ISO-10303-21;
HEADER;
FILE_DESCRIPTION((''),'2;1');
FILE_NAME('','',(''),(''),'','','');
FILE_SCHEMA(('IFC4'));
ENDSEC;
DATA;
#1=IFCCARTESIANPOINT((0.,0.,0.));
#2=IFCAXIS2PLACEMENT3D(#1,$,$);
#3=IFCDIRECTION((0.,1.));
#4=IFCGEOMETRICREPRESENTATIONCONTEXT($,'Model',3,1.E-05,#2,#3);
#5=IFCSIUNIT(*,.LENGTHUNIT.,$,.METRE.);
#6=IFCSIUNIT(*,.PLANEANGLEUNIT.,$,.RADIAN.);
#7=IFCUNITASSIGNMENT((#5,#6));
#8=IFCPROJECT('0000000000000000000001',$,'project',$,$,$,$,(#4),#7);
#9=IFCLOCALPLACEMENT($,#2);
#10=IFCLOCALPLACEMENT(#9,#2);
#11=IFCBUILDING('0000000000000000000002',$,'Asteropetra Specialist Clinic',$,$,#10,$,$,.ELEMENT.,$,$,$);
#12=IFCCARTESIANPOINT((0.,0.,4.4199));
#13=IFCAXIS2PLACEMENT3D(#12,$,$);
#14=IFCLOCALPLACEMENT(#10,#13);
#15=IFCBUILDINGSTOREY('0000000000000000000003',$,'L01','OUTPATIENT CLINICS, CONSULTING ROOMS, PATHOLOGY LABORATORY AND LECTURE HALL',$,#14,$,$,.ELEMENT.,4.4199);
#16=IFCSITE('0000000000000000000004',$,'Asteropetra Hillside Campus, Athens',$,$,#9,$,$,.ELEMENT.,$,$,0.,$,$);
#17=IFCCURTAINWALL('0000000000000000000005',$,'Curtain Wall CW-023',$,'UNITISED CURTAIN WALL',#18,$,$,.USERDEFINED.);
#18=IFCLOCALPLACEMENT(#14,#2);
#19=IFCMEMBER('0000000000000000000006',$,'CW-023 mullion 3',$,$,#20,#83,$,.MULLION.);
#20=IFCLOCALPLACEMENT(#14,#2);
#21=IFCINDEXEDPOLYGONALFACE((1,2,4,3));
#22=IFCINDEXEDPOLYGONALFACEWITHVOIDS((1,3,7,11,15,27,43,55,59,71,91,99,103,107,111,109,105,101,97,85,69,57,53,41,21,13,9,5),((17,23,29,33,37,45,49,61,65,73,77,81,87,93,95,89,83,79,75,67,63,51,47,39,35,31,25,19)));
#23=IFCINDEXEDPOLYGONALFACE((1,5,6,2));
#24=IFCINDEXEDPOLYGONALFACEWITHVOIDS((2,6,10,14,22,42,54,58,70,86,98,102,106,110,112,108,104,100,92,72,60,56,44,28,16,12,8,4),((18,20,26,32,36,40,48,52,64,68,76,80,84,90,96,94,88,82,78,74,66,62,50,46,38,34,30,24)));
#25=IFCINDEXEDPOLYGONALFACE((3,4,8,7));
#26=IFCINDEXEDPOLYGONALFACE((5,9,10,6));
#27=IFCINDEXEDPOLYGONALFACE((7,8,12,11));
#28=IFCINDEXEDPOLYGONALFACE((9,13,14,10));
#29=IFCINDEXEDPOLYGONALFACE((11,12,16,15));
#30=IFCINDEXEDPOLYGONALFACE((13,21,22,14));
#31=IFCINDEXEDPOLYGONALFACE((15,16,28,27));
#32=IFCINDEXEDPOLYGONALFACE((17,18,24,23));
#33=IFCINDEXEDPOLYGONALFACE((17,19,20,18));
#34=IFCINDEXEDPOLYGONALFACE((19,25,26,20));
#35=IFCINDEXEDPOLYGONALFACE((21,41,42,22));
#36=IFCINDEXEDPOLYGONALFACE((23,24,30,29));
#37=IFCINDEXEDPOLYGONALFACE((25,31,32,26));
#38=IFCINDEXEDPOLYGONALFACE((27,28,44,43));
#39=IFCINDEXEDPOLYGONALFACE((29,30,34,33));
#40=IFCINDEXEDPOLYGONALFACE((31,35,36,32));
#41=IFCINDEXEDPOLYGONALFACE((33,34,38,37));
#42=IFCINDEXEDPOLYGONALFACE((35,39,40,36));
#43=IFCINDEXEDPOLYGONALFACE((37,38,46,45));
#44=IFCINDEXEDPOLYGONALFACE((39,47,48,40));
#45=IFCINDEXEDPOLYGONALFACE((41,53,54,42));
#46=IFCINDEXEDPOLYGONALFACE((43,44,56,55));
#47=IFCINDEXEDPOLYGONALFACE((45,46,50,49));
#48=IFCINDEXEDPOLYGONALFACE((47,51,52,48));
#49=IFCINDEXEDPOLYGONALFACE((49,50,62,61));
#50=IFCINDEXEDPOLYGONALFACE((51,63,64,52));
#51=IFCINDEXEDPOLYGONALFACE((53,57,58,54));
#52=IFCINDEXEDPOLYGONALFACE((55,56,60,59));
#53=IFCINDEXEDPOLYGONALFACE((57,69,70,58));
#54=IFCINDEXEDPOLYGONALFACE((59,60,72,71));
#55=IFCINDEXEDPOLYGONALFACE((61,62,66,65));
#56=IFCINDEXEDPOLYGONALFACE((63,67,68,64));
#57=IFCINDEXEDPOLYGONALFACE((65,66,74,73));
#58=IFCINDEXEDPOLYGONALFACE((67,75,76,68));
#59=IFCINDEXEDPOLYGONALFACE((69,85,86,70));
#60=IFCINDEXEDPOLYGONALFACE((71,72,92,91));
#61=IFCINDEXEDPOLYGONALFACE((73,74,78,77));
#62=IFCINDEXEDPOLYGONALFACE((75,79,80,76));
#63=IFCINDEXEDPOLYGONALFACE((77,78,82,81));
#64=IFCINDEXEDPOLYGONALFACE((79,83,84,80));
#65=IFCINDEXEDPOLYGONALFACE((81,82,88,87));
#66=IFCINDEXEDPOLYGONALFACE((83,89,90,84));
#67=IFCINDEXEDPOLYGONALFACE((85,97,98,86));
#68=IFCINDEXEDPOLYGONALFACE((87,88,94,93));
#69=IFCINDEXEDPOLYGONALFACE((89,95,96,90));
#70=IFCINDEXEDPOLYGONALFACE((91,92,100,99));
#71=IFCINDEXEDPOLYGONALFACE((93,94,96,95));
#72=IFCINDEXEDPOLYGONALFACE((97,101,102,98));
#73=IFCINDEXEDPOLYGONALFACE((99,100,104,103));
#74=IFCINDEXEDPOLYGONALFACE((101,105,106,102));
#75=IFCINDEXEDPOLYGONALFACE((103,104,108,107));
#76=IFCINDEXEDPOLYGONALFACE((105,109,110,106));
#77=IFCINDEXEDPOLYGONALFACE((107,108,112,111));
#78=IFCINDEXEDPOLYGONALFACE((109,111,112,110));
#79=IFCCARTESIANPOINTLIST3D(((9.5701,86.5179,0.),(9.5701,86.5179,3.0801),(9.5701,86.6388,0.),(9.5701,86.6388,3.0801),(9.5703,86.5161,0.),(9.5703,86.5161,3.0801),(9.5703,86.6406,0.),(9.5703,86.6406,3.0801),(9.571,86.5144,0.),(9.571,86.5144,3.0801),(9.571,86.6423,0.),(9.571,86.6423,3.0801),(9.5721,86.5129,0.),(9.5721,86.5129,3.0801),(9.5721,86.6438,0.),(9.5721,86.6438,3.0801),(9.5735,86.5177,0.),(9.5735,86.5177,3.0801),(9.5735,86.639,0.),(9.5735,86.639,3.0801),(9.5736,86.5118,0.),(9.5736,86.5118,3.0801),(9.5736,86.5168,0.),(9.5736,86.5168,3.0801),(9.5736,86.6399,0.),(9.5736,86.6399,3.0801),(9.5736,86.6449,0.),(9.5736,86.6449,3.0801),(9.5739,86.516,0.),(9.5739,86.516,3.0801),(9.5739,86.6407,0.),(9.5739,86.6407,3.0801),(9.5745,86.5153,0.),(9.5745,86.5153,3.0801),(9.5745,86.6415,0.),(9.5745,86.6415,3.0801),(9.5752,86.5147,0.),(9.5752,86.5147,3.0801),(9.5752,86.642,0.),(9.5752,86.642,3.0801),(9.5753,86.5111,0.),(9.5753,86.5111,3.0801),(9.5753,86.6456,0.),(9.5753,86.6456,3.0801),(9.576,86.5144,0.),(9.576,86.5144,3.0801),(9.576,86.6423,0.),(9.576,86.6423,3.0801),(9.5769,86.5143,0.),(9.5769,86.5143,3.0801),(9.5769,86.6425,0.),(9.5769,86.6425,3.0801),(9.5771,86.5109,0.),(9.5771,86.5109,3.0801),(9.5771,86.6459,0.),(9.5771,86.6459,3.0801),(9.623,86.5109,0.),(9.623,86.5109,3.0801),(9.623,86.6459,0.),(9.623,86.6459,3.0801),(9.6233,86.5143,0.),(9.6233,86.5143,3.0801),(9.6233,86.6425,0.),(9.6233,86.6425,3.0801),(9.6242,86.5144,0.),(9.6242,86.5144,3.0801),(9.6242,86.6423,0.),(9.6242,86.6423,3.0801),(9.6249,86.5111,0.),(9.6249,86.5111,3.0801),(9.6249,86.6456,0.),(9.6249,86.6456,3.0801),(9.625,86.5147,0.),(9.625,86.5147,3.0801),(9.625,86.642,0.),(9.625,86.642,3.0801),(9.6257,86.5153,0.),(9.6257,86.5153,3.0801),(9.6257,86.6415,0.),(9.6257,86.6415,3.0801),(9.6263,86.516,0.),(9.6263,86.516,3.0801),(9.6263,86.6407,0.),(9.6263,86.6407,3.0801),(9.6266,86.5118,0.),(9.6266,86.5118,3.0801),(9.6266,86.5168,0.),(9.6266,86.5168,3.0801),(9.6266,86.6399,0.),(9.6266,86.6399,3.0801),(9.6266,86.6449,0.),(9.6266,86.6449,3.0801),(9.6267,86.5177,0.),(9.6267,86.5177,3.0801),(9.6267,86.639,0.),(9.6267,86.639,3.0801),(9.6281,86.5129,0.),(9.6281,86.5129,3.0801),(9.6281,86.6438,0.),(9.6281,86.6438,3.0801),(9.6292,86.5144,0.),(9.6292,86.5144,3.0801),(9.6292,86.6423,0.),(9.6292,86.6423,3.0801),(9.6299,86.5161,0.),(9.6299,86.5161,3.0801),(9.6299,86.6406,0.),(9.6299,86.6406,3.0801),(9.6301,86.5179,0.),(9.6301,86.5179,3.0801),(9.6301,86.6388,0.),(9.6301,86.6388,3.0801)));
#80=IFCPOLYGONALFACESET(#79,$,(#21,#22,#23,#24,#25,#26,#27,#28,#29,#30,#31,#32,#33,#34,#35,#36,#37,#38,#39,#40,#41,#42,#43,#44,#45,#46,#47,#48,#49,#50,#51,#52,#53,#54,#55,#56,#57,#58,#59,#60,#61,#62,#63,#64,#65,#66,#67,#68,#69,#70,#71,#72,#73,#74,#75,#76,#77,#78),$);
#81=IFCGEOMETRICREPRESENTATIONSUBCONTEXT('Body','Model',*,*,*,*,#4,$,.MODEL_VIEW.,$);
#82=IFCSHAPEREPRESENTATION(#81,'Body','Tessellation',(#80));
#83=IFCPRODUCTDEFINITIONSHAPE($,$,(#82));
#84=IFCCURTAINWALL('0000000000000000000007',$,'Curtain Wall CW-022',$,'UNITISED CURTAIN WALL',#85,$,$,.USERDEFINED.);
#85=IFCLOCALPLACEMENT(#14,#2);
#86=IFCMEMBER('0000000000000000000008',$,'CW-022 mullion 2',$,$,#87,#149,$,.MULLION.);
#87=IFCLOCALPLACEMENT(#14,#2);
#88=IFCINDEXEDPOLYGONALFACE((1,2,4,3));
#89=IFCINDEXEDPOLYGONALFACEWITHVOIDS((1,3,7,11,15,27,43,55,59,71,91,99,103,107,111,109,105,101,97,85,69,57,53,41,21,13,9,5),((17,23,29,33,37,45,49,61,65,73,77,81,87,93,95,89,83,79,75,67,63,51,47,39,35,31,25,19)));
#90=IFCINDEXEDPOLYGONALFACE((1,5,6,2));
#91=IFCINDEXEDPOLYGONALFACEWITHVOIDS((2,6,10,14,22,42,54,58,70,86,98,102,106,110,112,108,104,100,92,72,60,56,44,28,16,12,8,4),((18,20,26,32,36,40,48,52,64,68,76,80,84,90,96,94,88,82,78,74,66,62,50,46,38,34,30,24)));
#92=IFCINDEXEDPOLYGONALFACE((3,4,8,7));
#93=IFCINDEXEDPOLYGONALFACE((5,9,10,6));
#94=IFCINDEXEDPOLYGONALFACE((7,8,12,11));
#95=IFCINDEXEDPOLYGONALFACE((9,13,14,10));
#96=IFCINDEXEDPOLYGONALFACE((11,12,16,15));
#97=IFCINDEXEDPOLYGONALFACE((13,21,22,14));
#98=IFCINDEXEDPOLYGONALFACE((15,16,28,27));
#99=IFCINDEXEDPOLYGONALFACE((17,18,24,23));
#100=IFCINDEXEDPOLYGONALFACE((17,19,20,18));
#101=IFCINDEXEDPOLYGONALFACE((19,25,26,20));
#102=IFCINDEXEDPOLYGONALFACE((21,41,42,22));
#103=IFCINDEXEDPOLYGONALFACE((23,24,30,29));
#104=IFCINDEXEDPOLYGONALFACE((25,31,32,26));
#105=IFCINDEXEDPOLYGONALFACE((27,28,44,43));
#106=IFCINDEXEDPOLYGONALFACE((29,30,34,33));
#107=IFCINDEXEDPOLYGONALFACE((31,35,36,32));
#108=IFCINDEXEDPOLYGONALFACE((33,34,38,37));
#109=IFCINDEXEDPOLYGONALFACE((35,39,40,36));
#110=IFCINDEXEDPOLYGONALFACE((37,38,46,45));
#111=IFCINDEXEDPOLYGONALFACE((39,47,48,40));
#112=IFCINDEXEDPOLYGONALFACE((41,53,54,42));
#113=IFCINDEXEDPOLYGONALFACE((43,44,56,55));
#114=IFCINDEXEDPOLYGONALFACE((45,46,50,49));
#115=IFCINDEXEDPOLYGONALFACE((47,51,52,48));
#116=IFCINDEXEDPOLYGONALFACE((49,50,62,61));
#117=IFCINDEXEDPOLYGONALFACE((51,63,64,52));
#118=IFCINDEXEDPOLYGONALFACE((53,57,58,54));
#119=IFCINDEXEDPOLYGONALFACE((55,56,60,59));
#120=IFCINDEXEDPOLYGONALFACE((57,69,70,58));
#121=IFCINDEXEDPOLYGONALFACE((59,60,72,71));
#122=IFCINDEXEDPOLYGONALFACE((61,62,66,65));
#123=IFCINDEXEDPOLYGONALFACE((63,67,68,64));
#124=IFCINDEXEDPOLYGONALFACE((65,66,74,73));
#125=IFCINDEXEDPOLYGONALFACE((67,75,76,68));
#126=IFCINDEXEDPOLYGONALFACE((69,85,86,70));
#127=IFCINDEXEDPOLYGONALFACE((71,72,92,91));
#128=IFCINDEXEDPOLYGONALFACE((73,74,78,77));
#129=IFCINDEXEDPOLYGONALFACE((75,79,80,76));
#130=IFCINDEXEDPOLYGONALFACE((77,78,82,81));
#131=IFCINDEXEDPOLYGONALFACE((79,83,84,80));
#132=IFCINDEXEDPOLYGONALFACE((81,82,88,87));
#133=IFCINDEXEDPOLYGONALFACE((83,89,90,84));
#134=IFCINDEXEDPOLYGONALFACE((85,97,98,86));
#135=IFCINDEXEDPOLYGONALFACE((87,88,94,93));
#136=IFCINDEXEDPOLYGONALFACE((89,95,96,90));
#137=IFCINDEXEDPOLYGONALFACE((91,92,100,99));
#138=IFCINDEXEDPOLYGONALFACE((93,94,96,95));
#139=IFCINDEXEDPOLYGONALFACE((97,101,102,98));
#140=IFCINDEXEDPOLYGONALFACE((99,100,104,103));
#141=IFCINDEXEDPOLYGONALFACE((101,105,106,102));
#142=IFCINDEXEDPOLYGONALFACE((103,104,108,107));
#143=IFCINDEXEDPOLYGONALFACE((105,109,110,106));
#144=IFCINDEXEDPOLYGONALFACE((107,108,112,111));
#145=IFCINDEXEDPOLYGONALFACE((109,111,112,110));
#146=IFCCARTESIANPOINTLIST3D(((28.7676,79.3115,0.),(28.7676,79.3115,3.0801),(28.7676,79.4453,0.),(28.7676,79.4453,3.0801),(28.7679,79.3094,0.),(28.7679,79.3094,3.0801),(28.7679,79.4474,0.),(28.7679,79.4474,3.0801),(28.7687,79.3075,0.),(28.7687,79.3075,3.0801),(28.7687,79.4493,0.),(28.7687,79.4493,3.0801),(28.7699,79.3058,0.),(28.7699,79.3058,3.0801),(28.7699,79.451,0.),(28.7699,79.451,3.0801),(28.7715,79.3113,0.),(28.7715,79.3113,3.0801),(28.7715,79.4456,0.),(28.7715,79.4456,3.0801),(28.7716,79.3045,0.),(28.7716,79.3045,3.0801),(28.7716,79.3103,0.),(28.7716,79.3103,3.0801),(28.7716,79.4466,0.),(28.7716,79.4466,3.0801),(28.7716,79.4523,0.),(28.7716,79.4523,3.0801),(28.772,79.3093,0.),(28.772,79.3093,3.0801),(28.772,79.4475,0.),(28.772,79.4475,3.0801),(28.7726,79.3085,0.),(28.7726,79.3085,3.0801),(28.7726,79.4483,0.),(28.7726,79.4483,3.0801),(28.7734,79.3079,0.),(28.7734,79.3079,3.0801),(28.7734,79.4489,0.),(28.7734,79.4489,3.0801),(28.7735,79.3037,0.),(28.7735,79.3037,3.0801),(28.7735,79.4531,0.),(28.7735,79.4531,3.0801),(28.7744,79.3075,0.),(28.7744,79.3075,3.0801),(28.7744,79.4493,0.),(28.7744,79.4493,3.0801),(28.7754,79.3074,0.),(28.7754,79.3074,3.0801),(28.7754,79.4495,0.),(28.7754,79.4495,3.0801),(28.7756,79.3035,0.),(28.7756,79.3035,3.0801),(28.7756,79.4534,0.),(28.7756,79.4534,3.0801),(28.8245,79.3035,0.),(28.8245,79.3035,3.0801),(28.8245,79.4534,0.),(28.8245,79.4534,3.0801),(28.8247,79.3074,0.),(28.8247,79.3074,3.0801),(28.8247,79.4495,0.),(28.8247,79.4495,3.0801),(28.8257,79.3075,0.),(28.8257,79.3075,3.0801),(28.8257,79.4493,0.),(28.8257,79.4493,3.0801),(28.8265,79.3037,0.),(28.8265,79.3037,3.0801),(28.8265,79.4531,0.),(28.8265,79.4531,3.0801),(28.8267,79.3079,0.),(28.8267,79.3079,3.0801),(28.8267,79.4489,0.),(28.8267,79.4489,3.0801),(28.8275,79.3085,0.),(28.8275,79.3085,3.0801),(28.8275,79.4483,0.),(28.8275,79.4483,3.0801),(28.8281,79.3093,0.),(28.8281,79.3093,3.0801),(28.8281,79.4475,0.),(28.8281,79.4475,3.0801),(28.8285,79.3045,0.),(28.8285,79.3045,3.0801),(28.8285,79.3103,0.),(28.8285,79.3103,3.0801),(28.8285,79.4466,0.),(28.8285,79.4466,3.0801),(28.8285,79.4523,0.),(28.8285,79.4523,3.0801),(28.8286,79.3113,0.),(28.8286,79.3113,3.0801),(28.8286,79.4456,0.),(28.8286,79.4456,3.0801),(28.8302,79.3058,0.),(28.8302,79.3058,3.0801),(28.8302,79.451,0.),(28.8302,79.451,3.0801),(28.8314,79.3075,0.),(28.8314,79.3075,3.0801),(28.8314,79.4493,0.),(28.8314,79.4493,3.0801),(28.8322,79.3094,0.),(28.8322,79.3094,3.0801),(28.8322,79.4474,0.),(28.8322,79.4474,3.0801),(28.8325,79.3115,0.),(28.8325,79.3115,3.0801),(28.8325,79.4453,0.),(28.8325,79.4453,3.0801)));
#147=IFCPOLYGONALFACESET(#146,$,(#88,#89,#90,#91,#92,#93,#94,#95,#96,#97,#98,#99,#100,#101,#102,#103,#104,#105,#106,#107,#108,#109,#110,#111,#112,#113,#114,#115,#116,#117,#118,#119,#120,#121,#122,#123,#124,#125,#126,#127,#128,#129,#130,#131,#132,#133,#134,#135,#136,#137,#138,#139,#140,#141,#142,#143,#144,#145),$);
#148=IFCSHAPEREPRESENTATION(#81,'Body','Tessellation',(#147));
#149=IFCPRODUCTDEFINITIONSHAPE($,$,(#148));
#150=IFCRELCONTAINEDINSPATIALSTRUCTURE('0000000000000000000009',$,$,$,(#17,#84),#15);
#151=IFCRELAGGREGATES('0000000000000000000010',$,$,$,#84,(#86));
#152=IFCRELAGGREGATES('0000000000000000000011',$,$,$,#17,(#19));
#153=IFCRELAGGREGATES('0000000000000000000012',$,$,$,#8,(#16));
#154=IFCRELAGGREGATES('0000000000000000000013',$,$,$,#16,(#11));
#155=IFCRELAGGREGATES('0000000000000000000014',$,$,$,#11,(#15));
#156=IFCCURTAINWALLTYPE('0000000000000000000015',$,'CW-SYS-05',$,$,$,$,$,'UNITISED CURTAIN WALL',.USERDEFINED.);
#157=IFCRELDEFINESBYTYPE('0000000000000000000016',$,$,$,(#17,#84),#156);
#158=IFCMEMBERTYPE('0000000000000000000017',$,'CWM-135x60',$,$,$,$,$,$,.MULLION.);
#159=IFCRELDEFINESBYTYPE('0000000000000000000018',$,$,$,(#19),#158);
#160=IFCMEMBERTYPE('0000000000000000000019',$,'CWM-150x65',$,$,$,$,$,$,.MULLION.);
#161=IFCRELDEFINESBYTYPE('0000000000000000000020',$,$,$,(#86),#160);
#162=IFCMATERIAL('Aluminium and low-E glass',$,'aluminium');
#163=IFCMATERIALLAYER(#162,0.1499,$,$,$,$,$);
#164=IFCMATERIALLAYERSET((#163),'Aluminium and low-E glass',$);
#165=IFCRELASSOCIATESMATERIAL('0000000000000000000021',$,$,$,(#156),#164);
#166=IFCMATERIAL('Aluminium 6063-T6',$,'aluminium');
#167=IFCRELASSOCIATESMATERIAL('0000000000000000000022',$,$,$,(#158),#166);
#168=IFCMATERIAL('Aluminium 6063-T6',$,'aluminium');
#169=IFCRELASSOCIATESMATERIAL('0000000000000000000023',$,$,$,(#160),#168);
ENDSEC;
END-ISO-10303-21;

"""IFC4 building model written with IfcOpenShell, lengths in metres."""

from ifc_helpers import new_model, si_unit, direction, frame, origin, origin_2d, place, context, subcontext, project, spatial, hollow_rectangle, extrude, material, layer, layer_set, material_profile, profile_set, type_object, element, aggregate, save


model = new_model("IFC4")

# Units and contexts
model_context = context("Model", 3, precision=1e-05, world=origin(), true_north=direction((0.0, 1.0)))
body_context = subcontext(model_context, "Body", "Model", "MODEL_VIEW")
ifc_project = project(units=[si_unit("LENGTHUNIT", "METRE"), si_unit("PLANEANGLEUNIT", "RADIAN")], contexts=[model_context])

# Site, building, storey
site_placement = place(None, origin())
site = spatial("IfcSite", under=ifc_project, at=site_placement, Name="Asteropetra Hillside Campus, Athens", CompositionType="ELEMENT", RefElevation=0.0)
building_placement = place(site_placement, origin())
building = spatial("IfcBuilding", under=site, at=building_placement, Name="Asteropetra Specialist Clinic", CompositionType="ELEMENT")
storey_placement = place(building_placement, frame((0.0, 0.0, 4.4199)))
storey = spatial("IfcBuildingStorey", under=building, at=storey_placement, Name="L01", Description="OUTPATIENT CLINICS, CONSULTING ROOMS, PATHOLOGY LABORATORY AND LECTURE HALL", CompositionType="ELEMENT", Elevation=4.4199)

# Curtain wall, member
ifc_material_1 = material(Name="Aluminium and low-E glass", Category="aluminium")
ifc_layer_1 = layer(ifc_material_1, 0.1499)
ifc_layer_set_1 = layer_set([ifc_layer_1], Name="Aluminium and low-E glass")
curtain_wall_type = type_object("IfcCurtainWallType", Name="CW-SYS-05", ElementType="UNITISED CURTAIN WALL", PredefinedType="USERDEFINED", material=ifc_layer_set_1)
curtain_wall_1_placement = place(storey_placement, origin())
curtain_wall_1 = element("IfcCurtainWall", 1, at=curtain_wall_1_placement, inside=storey, type_object=curtain_wall_type, Name="Curtain Wall CW-023", ObjectType="UNITISED CURTAIN WALL", PredefinedType="USERDEFINED")
ifc_material_2 = material(Name="Aluminium 6063-T6", Category="aluminium")
ifc_material_profile_1 = material_profile(ifc_material_2, hollow_rectangle(XDim=0.0601, YDim=0.135, WallThickness=0.0034, InnerFilletRadius=0.0034, OuterFilletRadius=0.0071, at=origin_2d()), Name="MUL 135x60x3.5")
ifc_profile_set_1 = profile_set([ifc_material_profile_1], Name="Aluminium 6063-T6")
member_type_1 = type_object("IfcMemberType", Name="CWM-135x60", PredefinedType="MULLION", material=ifc_profile_set_1)
member_1_placement = place(storey_placement, frame((9.6001, 86.5784, 0.0), z_axis=(0.0, 0.0, 1.0), x_axis=(1.0, 0.0, 0.0)))
member_1 = element("IfcMember", 2, at=member_1_placement, type_object=member_type_1, Name="CW-023 mullion 3", PredefinedType="MULLION", context=body_context, shape_type="SweptSolid", body=[
    extrude(hollow_rectangle(XDim=0.0601, YDim=0.135, WallThickness=0.0034, InnerFilletRadius=0.0034, OuterFilletRadius=0.0071, at=origin_2d()), origin(), (0.0, 0.0, 1.0), 3.0801),
])

# Curtain wall, member
curtain_wall_2_placement = place(storey_placement, origin())
curtain_wall_2 = element("IfcCurtainWall", 3, at=curtain_wall_2_placement, inside=storey, type_object=curtain_wall_type, Name="Curtain Wall CW-022", ObjectType="UNITISED CURTAIN WALL", PredefinedType="USERDEFINED")
ifc_material_3 = material(Name="Aluminium 6063-T6", Category="aluminium")
ifc_material_profile_2 = material_profile(ifc_material_3, hollow_rectangle(XDim=0.0649, YDim=0.1499, WallThickness=0.0039, InnerFilletRadius=0.0039, OuterFilletRadius=0.0081, at=origin_2d()), Name="MUL 150x65x4.0")
ifc_profile_set_2 = profile_set([ifc_material_profile_2], Name="Aluminium 6063-T6")
member_type_2 = type_object("IfcMemberType", Name="CWM-150x65", PredefinedType="MULLION", material=ifc_profile_set_2)
member_2_placement = place(storey_placement, frame((28.8, 79.3784, 0.0), z_axis=(0.0, 0.0, 1.0), x_axis=(-1.0, 0.0, 0.0)))
member_2 = element("IfcMember", 4, at=member_2_placement, type_object=member_type_2, Name="CW-022 mullion 2", PredefinedType="MULLION", context=body_context, shape_type="SweptSolid", body=[
    extrude(hollow_rectangle(XDim=0.0649, YDim=0.1499, WallThickness=0.0039, InnerFilletRadius=0.0039, OuterFilletRadius=0.0081, at=origin_2d()), origin(), (0.0, 0.0, 1.0), 3.0801),
])

aggregate(curtain_wall_2, [member_2])

aggregate(curtain_wall_1, [member_1])

save(model, "model.ifc")
